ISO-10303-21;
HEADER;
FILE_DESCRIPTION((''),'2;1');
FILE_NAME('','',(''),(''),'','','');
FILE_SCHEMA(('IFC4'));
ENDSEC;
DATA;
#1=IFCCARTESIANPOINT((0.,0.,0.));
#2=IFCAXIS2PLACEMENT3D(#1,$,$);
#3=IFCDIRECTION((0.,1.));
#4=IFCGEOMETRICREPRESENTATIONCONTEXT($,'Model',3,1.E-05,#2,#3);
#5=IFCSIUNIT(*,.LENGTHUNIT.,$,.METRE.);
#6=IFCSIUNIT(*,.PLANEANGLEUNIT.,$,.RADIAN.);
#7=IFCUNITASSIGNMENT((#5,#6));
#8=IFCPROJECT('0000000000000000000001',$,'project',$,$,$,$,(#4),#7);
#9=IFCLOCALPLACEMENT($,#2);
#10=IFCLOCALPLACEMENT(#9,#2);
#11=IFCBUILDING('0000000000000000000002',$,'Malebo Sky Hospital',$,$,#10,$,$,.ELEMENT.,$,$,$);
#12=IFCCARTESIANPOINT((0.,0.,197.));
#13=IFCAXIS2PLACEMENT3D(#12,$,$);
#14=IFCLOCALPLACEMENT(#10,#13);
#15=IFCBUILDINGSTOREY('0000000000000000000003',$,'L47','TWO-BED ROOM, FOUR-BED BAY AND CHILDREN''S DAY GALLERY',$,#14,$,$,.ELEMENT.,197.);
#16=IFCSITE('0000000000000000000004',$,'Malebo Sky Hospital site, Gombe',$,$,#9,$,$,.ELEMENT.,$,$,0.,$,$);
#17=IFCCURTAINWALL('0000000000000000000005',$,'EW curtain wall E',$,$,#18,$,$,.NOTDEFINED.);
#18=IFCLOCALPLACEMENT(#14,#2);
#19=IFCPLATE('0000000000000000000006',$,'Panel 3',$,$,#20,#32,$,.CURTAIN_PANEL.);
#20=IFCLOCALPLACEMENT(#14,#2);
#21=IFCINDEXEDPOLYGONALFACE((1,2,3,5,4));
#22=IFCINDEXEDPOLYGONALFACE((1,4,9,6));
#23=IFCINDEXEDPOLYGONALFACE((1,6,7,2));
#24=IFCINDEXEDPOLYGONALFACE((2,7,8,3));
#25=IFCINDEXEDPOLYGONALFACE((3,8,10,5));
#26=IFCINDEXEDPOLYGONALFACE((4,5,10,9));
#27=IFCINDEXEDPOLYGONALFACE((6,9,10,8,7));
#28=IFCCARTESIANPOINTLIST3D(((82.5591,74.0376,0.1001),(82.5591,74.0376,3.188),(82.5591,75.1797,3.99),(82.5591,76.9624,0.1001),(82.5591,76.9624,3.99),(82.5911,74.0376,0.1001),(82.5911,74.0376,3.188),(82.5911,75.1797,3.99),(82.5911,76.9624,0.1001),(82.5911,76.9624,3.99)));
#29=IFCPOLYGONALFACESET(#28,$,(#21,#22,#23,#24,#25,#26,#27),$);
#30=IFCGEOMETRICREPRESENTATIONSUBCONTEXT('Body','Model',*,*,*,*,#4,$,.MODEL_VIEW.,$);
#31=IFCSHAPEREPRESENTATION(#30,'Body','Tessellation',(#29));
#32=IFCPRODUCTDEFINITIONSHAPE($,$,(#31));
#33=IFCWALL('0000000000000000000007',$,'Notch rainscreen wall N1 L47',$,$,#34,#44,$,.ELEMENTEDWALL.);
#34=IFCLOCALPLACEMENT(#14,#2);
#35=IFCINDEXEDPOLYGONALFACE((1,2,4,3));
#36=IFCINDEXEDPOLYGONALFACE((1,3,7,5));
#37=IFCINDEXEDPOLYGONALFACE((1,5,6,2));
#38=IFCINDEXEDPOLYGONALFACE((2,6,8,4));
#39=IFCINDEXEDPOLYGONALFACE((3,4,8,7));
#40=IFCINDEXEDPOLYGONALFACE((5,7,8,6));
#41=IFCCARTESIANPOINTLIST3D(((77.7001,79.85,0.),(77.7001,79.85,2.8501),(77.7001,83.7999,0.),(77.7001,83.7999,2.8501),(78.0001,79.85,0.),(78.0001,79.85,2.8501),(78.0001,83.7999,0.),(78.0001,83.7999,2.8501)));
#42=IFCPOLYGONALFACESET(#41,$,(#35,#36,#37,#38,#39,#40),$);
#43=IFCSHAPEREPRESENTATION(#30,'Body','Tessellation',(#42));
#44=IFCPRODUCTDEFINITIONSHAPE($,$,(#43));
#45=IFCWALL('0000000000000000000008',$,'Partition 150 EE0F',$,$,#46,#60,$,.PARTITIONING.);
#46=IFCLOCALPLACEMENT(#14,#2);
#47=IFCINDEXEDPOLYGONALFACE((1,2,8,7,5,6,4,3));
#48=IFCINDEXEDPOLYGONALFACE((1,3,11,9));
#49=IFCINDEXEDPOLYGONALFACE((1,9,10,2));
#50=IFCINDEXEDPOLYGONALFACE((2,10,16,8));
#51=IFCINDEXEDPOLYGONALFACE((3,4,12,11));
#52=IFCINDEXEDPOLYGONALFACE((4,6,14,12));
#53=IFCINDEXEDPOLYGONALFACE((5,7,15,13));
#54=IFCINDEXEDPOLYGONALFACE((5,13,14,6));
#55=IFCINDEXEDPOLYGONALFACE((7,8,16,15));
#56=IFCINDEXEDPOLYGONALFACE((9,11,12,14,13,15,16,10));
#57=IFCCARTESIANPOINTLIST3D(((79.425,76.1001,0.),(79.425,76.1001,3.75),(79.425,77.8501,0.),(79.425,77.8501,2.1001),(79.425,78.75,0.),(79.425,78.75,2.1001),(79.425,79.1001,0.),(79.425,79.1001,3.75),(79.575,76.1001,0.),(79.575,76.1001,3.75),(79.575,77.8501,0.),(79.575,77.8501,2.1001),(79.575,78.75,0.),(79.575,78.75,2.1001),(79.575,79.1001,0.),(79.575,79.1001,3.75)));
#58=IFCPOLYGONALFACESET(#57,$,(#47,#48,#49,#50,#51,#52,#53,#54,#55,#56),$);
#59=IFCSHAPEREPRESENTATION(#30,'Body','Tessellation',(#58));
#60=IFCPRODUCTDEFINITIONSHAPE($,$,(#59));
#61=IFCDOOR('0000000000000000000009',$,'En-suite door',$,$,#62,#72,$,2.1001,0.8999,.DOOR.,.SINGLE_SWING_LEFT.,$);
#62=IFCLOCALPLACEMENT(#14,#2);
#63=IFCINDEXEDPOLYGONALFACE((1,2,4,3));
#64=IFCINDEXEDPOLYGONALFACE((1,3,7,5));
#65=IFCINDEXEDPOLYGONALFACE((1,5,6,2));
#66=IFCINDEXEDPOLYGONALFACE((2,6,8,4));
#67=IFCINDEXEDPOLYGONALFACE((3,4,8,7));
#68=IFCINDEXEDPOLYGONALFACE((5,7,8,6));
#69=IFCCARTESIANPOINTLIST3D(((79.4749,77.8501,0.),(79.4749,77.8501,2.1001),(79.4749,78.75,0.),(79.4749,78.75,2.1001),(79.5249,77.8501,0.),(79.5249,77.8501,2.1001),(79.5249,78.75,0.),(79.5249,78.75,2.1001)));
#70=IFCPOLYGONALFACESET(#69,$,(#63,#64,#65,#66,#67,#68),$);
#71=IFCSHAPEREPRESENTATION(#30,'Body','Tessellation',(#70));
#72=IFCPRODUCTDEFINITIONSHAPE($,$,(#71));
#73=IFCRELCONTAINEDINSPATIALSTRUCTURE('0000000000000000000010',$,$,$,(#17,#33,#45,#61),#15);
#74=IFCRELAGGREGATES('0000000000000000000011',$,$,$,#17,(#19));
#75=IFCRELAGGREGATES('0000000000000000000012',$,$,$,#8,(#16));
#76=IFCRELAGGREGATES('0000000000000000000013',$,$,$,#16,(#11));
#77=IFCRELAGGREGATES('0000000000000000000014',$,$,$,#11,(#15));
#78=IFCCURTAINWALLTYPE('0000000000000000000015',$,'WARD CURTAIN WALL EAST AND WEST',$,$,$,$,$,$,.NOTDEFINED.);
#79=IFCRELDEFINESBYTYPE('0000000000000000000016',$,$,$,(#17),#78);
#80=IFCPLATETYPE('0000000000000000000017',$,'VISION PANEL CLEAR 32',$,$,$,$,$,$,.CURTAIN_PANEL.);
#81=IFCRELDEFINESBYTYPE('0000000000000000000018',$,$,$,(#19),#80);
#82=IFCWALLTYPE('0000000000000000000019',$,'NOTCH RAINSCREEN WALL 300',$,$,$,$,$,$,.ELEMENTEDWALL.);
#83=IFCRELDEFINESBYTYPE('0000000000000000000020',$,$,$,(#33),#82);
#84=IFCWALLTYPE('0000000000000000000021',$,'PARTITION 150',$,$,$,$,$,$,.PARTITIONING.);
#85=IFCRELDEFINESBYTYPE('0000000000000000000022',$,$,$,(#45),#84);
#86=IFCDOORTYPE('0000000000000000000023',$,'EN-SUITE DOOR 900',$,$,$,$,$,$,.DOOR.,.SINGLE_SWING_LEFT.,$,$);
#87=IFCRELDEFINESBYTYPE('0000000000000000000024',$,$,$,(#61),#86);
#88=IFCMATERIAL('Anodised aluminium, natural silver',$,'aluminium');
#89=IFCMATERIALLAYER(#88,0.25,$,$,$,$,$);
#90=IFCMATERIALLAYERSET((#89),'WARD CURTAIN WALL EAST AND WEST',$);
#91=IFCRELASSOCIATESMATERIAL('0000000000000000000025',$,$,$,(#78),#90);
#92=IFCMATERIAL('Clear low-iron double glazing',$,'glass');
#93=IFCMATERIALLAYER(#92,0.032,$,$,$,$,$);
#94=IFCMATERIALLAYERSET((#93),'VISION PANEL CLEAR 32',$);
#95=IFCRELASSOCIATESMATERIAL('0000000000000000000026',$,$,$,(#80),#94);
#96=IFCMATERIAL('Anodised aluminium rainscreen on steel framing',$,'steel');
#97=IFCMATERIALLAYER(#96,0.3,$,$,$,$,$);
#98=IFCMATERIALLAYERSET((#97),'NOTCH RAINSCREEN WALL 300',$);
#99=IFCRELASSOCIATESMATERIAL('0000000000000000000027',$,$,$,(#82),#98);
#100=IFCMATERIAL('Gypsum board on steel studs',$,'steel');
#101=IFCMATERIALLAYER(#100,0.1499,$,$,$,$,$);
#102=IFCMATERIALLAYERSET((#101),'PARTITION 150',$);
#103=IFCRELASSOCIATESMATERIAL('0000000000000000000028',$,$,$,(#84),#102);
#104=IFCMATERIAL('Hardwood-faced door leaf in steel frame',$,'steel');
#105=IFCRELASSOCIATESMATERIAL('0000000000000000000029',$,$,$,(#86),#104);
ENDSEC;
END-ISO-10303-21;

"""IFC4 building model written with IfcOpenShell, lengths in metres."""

from ifc_helpers import new_model, si_unit, direction, frame, frame_2d, origin, place, context, subcontext, project, spatial, polyline, rectangle, outline, extrude, material, layer, layer_set, type_object, element, fill, aggregate, save


model = new_model("IFC4")

# Units and contexts
model_context = context("Model", 3, precision=1e-05, world=origin(), true_north=direction((0.0, 1.0)))
body_context = subcontext(model_context, "Body", "Model", "MODEL_VIEW")
ifc_project = project(units=[si_unit("LENGTHUNIT", "METRE"), si_unit("PLANEANGLEUNIT", "RADIAN")], contexts=[model_context])

# Site, building, storey
site_placement = place(None, origin())
site = spatial("IfcSite", under=ifc_project, at=site_placement, Name="Malebo Sky Hospital site, Gombe", CompositionType="ELEMENT", RefElevation=0.0)
building_placement = place(site_placement, origin())
building = spatial("IfcBuilding", under=site, at=building_placement, Name="Malebo Sky Hospital", CompositionType="ELEMENT")
storey_placement = place(building_placement, frame((0.0, 0.0, 197.0)))
storey = spatial("IfcBuildingStorey", under=building, at=storey_placement, Name="L47", Description="TWO-BED ROOM, FOUR-BED BAY AND CHILDREN'S DAY GALLERY", CompositionType="ELEMENT", Elevation=197.0)

# Curtain wall
ifc_material_1 = material(Name="Anodised aluminium, natural silver", Category="aluminium")
ifc_layer_1 = layer(ifc_material_1, 0.25)
ifc_layer_set_1 = layer_set([ifc_layer_1], Name="WARD CURTAIN WALL EAST AND WEST")
curtain_wall_type = type_object("IfcCurtainWallType", Name="WARD CURTAIN WALL EAST AND WEST", PredefinedType="NOTDEFINED", material=ifc_layer_set_1)
curtain_wall_placement = place(storey_placement, origin())
curtain_wall = element("IfcCurtainWall", 1, at=curtain_wall_placement, inside=storey, type_object=curtain_wall_type, Name="EW curtain wall E", PredefinedType="NOTDEFINED")

# Plate
ifc_material_2 = material(Name="Clear low-iron double glazing", Category="glass")
ifc_layer_2 = layer(ifc_material_2, 0.032)
ifc_layer_set_2 = layer_set([ifc_layer_2], Name="VISION PANEL CLEAR 32")
plate_type = type_object("IfcPlateType", Name="VISION PANEL CLEAR 32", PredefinedType="CURTAIN_PANEL", material=ifc_layer_set_2)
plate_1_placement = place(storey_placement, frame((82.575, 75.5, 0.1001), z_axis=(0.0, 0.0, 1.0), x_axis=(0.0, -1.0, 0.0)))
plate_1 = element("IfcPlate", 2, at=plate_1_placement, type_object=plate_type, Name="Panel 3", PredefinedType="CURTAIN_PANEL", context=body_context, shape_type="SweptSolid", body=[
    extrude(outline(polyline([(-1.4624, 0.0), (1.4624, 0.0), (1.4624, 3.0879), (0.3203, 3.8899), (-1.4624, 3.8899), (-1.4624, 0.0)])), frame((0.0, 0.0161, 0.0), z_axis=(0.0, -1.0, 0.0), x_axis=(1.0, 0.0, 0.0)), (0.0, 0.0, 1.0), 0.032),
])
aggregate(curtain_wall, [plate_1])

# Wall
ifc_material_3 = material(Name="Anodised aluminium rainscreen on steel framing", Category="steel")
ifc_layer_3 = layer(ifc_material_3, 0.3)
ifc_layer_set_3 = layer_set([ifc_layer_3], Name="NOTCH RAINSCREEN WALL 300")
wall_type_1 = type_object("IfcWallType", Name="NOTCH RAINSCREEN WALL 300", PredefinedType="ELEMENTEDWALL", material=ifc_layer_set_3)
wall_1_placement = place(storey_placement, frame((77.8501, 83.8, 0.0), z_axis=(0.0, 0.0, 1.0), x_axis=(0.0, -1.0, 0.0)))
element("IfcWall", 3, at=wall_1_placement, inside=storey, type_object=wall_type_1, Name="Notch rainscreen wall N1 L47", PredefinedType="ELEMENTEDWALL", context=body_context, shape_type="SweptSolid", body=[
    extrude(rectangle(XDim=3.95, YDim=0.3, at=frame_2d((1.9751, 0.0))), origin(), (0.0, 0.0, 1.0), 2.8501),
])

# Wall, opening, door
ifc_material_4 = material(Name="Gypsum board on steel studs", Category="steel")
ifc_layer_4 = layer(ifc_material_4, 0.1499)
ifc_layer_set_4 = layer_set([ifc_layer_4], Name="PARTITION 150")
wall_type_2 = type_object("IfcWallType", Name="PARTITION 150", PredefinedType="PARTITIONING", material=ifc_layer_set_4)
wall_2_placement = place(storey_placement, frame((79.5, 79.1001, 0.0), z_axis=(0.0, 0.0, 1.0), x_axis=(0.0, -1.0, 0.0)))
wall_2 = element("IfcWall", 4, at=wall_2_placement, inside=storey, type_object=wall_type_2, Name="Partition 150 EE0F", PredefinedType="PARTITIONING", context=body_context, shape_type="SweptSolid", body=[
    extrude(rectangle(XDim=3.0, YDim=0.1499, at=frame_2d((1.5, 0.0))), origin(), (0.0, 0.0, 1.0), 3.75),
])
opening_placement = place(wall_2_placement, frame((0.3501, 0.0, 0.0)))
opening = element("IfcOpeningElement", 5, at=opening_placement, cuts=wall_2, PredefinedType="OPENING", context=body_context, shape_type="SweptSolid", body=[
    extrude(rectangle(XDim=0.8999, YDim=2.1001, at=frame_2d((0.45, 1.05))), frame((0.0, 0.085, 0.0), z_axis=(0.0, -1.0, 0.0), x_axis=(1.0, 0.0, 0.0)), (0.0, 0.0, 1.0), 0.1699),
])
ifc_material_5 = material(Name="Hardwood-faced door leaf in steel frame", Category="steel")
door_type = type_object("IfcDoorType", Name="EN-SUITE DOOR 900", OperationType="SINGLE_SWING_LEFT", PredefinedType="DOOR", material=ifc_material_5)
door_placement = place(opening_placement, origin())
door = element("IfcDoor", 6, at=door_placement, inside=storey, type_object=door_type, Name="En-suite door", OperationType="SINGLE_SWING_LEFT", OverallHeight=2.1001, OverallWidth=0.8999, PredefinedType="DOOR", context=body_context, shape_type="SweptSolid", body=[
    extrude(rectangle(XDim=0.8999, YDim=2.1001, at=frame_2d((0.45, 1.05))), frame((0.0, 0.0249, 0.0), z_axis=(0.0, -1.0, 0.0), x_axis=(1.0, 0.0, 0.0)), (0.0, 0.0, 1.0), 0.05),
])
fill(opening, door)

save(model, "model.ifc")
